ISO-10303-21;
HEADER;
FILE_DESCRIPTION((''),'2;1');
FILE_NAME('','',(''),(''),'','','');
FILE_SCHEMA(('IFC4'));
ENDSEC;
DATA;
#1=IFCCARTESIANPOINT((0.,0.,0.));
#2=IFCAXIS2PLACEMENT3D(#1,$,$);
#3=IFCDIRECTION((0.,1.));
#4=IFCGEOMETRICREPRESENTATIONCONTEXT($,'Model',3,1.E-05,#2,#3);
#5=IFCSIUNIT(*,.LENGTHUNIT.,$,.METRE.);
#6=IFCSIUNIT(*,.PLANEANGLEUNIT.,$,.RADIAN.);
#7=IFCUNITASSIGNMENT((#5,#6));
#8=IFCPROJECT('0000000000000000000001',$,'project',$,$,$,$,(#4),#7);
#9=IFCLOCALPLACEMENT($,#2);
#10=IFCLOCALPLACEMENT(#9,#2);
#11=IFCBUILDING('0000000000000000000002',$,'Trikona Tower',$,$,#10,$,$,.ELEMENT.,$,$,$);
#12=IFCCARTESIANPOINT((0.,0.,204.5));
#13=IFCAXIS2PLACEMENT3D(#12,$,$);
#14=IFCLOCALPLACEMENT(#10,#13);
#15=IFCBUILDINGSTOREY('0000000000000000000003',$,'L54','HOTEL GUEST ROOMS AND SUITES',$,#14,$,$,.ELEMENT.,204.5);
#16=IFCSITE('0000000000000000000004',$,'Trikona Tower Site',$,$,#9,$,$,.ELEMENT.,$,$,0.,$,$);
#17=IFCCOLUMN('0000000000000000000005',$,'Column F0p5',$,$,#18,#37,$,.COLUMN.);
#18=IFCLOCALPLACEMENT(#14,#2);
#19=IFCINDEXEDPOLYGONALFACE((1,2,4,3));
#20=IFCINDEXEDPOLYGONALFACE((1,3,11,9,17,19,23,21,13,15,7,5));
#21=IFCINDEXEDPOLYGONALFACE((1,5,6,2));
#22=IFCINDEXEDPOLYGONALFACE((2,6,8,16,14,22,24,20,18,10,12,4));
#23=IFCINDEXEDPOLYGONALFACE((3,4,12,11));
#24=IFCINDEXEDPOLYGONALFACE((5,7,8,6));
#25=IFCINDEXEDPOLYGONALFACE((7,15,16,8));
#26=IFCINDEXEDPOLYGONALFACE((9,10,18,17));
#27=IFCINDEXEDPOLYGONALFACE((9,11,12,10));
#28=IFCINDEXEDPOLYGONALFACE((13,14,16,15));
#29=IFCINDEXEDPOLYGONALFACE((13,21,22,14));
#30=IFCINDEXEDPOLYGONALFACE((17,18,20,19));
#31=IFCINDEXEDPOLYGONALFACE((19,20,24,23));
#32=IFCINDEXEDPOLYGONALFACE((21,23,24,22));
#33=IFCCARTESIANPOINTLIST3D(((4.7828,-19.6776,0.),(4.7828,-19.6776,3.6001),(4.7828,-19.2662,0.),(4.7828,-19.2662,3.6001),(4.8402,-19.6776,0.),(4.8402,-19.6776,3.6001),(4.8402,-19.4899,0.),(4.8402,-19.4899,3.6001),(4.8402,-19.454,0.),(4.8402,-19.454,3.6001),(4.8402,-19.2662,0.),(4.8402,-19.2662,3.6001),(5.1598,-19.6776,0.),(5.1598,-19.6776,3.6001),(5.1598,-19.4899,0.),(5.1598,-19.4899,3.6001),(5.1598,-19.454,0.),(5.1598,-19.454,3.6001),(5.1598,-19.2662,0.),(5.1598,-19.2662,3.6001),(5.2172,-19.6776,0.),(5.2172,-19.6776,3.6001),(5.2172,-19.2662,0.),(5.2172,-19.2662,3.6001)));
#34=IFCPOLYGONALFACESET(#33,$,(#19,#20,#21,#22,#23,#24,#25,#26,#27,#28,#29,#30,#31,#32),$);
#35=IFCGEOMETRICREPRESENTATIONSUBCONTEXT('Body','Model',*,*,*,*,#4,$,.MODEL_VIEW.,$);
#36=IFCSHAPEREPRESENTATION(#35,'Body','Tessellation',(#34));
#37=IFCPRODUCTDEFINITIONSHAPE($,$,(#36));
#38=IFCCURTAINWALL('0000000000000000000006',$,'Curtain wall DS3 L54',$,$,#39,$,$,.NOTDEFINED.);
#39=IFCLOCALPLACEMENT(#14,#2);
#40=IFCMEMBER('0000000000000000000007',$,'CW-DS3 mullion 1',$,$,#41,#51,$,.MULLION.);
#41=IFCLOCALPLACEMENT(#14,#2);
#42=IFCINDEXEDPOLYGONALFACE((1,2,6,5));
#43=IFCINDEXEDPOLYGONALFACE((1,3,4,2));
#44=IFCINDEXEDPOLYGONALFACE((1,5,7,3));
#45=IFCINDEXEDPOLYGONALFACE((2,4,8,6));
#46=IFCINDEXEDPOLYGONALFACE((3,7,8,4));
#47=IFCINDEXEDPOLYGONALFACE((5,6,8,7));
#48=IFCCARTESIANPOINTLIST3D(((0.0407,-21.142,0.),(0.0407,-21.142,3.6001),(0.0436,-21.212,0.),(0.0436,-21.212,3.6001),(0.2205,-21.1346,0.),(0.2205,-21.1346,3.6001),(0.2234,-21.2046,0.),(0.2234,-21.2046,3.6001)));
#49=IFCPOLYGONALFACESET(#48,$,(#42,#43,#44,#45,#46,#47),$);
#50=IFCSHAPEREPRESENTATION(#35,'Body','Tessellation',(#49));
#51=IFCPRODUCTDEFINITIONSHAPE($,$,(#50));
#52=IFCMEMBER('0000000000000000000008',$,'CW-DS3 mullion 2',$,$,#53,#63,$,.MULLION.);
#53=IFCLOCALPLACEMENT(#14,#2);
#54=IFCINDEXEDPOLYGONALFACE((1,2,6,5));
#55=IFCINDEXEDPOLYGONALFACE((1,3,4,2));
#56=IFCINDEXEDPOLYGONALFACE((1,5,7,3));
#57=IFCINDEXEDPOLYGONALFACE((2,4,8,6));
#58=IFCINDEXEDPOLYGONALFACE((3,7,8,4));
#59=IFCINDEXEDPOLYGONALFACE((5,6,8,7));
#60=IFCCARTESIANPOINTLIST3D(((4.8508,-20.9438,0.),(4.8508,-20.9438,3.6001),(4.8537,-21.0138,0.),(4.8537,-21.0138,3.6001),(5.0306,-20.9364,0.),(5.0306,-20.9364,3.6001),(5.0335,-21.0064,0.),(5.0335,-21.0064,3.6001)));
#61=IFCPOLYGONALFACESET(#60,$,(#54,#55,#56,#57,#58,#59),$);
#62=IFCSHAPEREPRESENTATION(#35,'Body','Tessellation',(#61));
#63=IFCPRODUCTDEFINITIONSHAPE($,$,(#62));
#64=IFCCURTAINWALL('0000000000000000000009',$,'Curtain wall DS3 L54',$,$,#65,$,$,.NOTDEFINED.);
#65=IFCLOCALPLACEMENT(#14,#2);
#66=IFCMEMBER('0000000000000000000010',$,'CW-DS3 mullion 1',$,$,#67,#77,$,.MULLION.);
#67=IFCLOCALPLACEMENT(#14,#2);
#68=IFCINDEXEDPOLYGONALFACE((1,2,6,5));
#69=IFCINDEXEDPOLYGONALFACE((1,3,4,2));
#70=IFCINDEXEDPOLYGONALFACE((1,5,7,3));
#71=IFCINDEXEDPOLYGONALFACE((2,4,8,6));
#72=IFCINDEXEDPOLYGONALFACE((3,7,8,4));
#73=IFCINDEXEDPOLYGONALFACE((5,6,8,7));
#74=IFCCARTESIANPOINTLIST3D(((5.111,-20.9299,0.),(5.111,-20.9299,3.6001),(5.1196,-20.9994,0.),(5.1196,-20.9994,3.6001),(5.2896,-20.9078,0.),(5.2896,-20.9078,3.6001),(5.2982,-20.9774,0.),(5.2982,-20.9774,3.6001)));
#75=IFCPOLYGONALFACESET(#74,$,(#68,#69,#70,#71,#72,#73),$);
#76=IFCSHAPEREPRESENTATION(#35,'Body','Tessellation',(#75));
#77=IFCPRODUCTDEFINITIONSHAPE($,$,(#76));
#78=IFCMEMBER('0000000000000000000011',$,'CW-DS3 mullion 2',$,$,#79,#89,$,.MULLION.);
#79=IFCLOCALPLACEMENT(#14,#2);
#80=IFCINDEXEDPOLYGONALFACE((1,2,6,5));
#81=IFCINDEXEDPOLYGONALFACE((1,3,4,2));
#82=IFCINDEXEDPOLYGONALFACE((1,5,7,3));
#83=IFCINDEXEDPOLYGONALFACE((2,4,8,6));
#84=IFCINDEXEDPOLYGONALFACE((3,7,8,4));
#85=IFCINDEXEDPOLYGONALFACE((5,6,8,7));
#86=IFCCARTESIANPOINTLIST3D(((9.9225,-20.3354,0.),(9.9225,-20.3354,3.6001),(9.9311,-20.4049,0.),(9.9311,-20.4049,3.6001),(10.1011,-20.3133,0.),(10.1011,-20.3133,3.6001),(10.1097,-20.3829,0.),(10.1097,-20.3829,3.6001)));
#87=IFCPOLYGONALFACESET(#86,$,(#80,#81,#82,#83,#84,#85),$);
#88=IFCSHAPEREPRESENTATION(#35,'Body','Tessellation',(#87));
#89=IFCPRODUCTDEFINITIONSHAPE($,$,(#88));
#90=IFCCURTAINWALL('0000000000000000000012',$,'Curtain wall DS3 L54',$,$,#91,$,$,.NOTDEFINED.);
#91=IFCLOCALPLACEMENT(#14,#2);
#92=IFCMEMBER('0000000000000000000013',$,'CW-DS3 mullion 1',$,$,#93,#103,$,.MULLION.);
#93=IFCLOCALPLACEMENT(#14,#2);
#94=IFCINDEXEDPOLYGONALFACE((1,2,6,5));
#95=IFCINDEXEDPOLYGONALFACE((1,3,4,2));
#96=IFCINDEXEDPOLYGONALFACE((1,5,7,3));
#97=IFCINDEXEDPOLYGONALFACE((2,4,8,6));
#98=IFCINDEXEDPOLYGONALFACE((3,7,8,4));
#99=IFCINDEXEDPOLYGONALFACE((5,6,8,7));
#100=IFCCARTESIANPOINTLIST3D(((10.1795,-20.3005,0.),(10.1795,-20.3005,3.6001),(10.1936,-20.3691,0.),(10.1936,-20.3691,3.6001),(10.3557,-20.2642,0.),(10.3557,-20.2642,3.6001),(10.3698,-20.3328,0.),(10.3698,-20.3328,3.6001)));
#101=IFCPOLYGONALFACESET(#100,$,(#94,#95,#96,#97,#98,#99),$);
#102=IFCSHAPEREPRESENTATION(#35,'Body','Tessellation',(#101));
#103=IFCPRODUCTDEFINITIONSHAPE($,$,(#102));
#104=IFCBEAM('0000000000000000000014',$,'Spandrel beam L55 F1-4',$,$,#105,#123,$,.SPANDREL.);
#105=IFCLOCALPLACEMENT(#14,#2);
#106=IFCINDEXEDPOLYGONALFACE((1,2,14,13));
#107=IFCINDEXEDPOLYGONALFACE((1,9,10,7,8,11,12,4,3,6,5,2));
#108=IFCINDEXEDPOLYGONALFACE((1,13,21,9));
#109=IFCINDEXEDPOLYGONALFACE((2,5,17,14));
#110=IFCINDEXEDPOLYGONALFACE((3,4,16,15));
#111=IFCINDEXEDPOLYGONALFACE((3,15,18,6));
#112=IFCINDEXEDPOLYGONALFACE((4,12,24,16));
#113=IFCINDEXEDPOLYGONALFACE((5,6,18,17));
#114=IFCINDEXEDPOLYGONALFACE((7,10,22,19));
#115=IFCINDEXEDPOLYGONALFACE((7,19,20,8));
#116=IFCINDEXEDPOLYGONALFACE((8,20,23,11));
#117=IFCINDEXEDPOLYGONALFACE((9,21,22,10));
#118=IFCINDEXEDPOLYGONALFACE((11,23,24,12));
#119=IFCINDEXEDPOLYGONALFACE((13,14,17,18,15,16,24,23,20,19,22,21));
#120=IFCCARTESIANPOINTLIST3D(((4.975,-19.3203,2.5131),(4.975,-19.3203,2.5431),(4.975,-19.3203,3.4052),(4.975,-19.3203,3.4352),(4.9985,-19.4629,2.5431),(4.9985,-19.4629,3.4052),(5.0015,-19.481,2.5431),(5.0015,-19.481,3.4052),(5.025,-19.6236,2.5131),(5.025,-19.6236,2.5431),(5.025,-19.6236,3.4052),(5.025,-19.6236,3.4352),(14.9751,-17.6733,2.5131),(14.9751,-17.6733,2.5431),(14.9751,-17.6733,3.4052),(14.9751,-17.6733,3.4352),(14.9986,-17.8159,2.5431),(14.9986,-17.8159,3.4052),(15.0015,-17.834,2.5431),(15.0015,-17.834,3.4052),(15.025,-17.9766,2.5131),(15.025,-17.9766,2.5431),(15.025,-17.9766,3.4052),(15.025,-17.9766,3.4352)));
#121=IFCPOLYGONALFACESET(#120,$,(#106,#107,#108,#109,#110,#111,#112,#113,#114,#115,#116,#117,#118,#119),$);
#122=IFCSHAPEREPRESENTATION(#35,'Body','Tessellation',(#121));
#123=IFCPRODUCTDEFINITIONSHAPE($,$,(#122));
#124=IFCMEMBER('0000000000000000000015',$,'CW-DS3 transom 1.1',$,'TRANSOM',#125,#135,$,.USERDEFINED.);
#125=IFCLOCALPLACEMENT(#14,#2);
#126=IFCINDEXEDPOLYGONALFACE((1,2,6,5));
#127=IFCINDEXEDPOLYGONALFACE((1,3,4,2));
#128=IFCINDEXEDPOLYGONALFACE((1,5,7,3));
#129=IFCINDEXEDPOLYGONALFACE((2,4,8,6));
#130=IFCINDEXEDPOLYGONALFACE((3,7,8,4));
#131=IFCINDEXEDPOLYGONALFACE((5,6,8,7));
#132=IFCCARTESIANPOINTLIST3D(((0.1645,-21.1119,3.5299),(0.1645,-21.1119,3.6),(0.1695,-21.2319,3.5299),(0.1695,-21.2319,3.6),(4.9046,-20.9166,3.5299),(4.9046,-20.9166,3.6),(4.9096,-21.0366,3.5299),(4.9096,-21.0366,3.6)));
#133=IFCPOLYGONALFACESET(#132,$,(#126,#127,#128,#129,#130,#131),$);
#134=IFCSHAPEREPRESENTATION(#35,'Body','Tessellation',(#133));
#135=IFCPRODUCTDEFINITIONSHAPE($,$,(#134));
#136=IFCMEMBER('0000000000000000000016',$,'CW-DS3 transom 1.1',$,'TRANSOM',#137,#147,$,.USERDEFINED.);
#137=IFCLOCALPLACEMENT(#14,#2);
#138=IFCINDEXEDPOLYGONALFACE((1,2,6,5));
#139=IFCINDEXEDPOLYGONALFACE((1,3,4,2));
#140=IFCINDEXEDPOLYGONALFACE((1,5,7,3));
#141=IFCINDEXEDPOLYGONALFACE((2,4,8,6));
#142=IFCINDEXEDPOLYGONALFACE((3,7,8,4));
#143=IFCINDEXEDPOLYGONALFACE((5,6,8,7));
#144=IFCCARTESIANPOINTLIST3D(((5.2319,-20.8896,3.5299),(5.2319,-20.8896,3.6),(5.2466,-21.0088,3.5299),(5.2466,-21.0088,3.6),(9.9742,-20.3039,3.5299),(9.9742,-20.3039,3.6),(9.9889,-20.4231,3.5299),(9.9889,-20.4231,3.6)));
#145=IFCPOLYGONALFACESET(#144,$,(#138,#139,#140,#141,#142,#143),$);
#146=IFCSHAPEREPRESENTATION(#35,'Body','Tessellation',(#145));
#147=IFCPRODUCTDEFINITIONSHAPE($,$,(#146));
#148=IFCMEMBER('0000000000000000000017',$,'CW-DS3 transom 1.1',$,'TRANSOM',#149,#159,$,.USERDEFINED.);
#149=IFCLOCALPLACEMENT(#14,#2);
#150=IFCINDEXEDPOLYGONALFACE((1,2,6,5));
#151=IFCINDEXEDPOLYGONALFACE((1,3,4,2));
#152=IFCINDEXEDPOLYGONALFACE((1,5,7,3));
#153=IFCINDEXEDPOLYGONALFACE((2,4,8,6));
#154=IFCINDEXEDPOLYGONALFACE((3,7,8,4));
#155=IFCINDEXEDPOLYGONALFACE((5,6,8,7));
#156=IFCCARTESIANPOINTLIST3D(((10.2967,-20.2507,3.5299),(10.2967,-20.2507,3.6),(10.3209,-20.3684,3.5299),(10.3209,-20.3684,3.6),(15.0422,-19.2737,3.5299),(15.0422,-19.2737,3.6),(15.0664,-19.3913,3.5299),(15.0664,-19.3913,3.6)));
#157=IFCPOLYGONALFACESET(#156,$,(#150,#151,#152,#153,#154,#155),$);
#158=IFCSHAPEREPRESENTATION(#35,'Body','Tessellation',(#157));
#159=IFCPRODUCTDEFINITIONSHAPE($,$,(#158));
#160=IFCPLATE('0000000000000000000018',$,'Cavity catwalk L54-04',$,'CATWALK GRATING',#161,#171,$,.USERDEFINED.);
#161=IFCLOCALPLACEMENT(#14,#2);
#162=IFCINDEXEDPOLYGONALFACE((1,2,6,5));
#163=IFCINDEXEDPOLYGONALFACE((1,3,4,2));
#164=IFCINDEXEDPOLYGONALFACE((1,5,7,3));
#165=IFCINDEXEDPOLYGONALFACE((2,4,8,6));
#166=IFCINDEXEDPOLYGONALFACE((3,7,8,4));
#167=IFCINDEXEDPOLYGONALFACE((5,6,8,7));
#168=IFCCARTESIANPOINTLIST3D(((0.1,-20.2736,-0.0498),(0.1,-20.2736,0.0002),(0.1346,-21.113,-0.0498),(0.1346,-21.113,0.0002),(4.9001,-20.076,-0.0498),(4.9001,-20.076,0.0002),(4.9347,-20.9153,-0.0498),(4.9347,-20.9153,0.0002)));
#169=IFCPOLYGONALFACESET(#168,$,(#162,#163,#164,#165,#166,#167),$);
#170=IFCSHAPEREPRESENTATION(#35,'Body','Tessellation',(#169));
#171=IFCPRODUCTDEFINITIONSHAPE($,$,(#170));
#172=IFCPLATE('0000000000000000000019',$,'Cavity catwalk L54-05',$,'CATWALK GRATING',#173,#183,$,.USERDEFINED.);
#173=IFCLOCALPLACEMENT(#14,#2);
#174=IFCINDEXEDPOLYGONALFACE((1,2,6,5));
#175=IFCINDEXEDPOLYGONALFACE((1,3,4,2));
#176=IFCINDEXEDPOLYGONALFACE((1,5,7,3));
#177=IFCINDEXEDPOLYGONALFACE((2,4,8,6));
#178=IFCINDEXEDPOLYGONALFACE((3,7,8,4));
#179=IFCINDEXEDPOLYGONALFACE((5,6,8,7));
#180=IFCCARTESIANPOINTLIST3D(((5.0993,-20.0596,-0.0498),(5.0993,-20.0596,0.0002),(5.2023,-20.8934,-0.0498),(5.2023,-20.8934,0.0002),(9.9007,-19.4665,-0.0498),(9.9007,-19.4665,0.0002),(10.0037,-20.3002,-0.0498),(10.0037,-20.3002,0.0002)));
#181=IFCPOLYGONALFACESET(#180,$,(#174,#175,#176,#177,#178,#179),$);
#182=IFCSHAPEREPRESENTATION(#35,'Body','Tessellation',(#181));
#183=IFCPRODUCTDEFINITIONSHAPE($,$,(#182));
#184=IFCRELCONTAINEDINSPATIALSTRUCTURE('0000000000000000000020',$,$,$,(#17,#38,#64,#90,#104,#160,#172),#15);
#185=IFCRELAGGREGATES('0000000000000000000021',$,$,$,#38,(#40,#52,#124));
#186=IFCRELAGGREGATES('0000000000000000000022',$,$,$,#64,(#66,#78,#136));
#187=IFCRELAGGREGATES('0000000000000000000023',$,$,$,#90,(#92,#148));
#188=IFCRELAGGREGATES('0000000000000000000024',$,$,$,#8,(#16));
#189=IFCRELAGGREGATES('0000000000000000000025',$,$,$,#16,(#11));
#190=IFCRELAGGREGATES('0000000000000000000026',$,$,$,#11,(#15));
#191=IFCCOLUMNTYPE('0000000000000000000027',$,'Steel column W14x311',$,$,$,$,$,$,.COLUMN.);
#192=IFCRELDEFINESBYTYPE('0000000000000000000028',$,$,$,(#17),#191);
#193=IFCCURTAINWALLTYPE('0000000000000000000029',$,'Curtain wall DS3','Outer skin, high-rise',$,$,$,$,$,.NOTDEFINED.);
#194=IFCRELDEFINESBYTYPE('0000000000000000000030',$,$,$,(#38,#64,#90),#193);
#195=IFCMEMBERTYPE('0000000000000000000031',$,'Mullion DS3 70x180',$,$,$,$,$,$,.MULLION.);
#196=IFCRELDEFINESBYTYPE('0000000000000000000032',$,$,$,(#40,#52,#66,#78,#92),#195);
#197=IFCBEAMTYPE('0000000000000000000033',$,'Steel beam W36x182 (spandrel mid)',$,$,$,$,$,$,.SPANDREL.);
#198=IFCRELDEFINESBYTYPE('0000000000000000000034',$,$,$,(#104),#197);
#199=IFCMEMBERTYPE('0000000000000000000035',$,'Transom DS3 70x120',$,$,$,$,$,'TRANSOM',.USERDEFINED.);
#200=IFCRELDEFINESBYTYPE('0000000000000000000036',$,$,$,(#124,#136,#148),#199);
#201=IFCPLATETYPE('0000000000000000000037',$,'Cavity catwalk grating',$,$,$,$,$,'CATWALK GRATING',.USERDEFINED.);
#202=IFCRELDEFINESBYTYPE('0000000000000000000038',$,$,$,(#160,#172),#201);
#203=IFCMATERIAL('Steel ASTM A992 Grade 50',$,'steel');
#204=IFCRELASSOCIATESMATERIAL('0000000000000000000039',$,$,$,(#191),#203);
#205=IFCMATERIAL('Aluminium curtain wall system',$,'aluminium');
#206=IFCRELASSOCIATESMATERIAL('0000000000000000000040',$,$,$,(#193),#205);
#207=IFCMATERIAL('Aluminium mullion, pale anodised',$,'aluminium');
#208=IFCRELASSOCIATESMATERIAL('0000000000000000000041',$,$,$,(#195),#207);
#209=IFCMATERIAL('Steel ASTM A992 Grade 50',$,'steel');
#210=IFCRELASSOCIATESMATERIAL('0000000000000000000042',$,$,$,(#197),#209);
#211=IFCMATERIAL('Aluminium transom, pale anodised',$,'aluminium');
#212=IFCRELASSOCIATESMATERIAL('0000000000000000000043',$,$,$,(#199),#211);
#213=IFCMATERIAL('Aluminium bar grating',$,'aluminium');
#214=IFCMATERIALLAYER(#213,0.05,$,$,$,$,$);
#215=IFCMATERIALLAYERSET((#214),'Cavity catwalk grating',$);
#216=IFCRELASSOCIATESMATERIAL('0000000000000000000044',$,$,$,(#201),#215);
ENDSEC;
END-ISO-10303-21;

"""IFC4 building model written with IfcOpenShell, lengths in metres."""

from ifc_helpers import new_model, si_unit, direction, frame, origin, origin_2d, place, context, subcontext, project, spatial, rectangle, i_section, extrude, material, layer, layer_set, material_profile, profile_set, type_object, element, aggregate, save


model = new_model("IFC4")

# Units and contexts
model_context = context("Model", 3, precision=1e-05, world=origin(), true_north=direction((0.0, 1.0)))
body_context = subcontext(model_context, "Body", "Model", "MODEL_VIEW")
ifc_project = project(units=[si_unit("LENGTHUNIT", "METRE"), si_unit("PLANEANGLEUNIT", "RADIAN")], contexts=[model_context])

# Site, building, storey
site_placement = place(None, origin())
site = spatial("IfcSite", under=ifc_project, at=site_placement, Name="Trikona Tower Site", CompositionType="ELEMENT", RefElevation=0.0)
building_placement = place(site_placement, origin())
building = spatial("IfcBuilding", under=site, at=building_placement, Name="Trikona Tower", CompositionType="ELEMENT")
storey_placement = place(building_placement, frame((0.0, 0.0, 204.5)))
storey = spatial("IfcBuildingStorey", under=building, at=storey_placement, Name="L54", Description="HOTEL GUEST ROOMS AND SUITES", CompositionType="ELEMENT", Elevation=204.5)

# Column
ifc_material_1 = material(Name="Steel ASTM A992 Grade 50", Category="steel")
ifc_material_profile_1 = material_profile(ifc_material_1, i_section(OverallWidth=0.4114, OverallDepth=0.4343, WebThickness=0.0359, FlangeThickness=0.0574, at=origin_2d()), Name="W14X311")
ifc_profile_set_1 = profile_set([ifc_material_profile_1], Name="Steel ASTM A992 Grade 50")
column_type = type_object("IfcColumnType", Name="Steel column W14x311", PredefinedType="COLUMN", material=ifc_profile_set_1)
column_placement = place(storey_placement, frame((5.0, -19.4719, 0.0), z_axis=(0.0, 0.0, 1.0), x_axis=(0.0, -1.0, 0.0)))
element("IfcColumn", 1, at=column_placement, inside=storey, type_object=column_type, Name="Column F0p5", PredefinedType="COLUMN", context=body_context, shape_type="SweptSolid", body=[
    extrude(i_section(OverallWidth=0.4114, OverallDepth=0.4343, WebThickness=0.0359, FlangeThickness=0.0574, at=origin_2d()), origin(), (0.0, 0.0, 1.0), 3.6001),
])

# Curtain walls, members
ifc_material_2 = material(Name="Aluminium curtain wall system", Category="aluminium")
curtain_wall_type = type_object("IfcCurtainWallType", Name="Curtain wall DS3", Description="Outer skin, high-rise", PredefinedType="NOTDEFINED", material=ifc_material_2)
curtain_wall_1_placement = place(storey_placement, origin())
curtain_wall_1 = element("IfcCurtainWall", 2, at=curtain_wall_1_placement, inside=storey, type_object=curtain_wall_type, Name="Curtain wall DS3 L54", PredefinedType="NOTDEFINED")
ifc_material_3 = material(Name="Aluminium mullion, pale anodised", Category="aluminium")
ifc_material_profile_2 = material_profile(ifc_material_3, rectangle(XDim=0.0701, YDim=0.1799, at=origin_2d()), Name="MUL-DS3")
ifc_profile_set_2 = profile_set([ifc_material_profile_2], Name="Aluminium mullion, pale anodised")
member_type_1 = type_object("IfcMemberType", Name="Mullion DS3 70x180", PredefinedType="MULLION", material=ifc_profile_set_2)
member_1_placement = place(storey_placement, frame((0.1321, -21.1733, 0.0), z_axis=(0.0, 0.0, 1.0), x_axis=(-0.041153, 0.999153, 0.0)))
member_1 = element("IfcMember", 3, at=member_1_placement, type_object=member_type_1, Name="CW-DS3 mullion 1", PredefinedType="MULLION", context=body_context, shape_type="SweptSolid", body=[
    extrude(rectangle(XDim=0.0701, YDim=0.1799, at=origin_2d()), origin(), (0.0, 0.0, 1.0), 3.6001),
])
member_2_placement = place(storey_placement, frame((4.9421, -20.9751, 0.0), z_axis=(0.0, 0.0, 1.0), x_axis=(-0.041153, 0.999153, 0.0)))
member_2 = element("IfcMember", 4, at=member_2_placement, type_object=member_type_1, Name="CW-DS3 mullion 2", PredefinedType="MULLION", context=body_context, shape_type="SweptSolid", body=[
    extrude(rectangle(XDim=0.0701, YDim=0.1799, at=origin_2d()), origin(), (0.0, 0.0, 1.0), 3.6001),
])
curtain_wall_2_placement = place(storey_placement, origin())
curtain_wall_2 = element("IfcCurtainWall", 5, at=curtain_wall_2_placement, inside=storey, type_object=curtain_wall_type, Name="Curtain wall DS3 L54", PredefinedType="NOTDEFINED")
member_3_placement = place(storey_placement, frame((5.2046, -20.9536, 0.0), z_axis=(0.0, 0.0, 1.0), x_axis=(-0.122611, 0.992455, 0.0)))
member_3 = element("IfcMember", 6, at=member_3_placement, type_object=member_type_1, Name="CW-DS3 mullion 1", PredefinedType="MULLION", context=body_context, shape_type="SweptSolid", body=[
    extrude(rectangle(XDim=0.0701, YDim=0.1799, at=origin_2d()), origin(), (0.0, 0.0, 1.0), 3.6001),
])
member_4_placement = place(storey_placement, frame((10.0161, -20.3591, 0.0), z_axis=(0.0, 0.0, 1.0), x_axis=(-0.122611, 0.992455, 0.0)))
member_4 = element("IfcMember", 7, at=member_4_placement, type_object=member_type_1, Name="CW-DS3 mullion 2", PredefinedType="MULLION", context=body_context, shape_type="SweptSolid", body=[
    extrude(rectangle(XDim=0.0701, YDim=0.1799, at=origin_2d()), origin(), (0.0, 0.0, 1.0), 3.6001),
])

# Curtain wall, member
curtain_wall_3_placement = place(storey_placement, origin())
curtain_wall_3 = element("IfcCurtainWall", 8, at=curtain_wall_3_placement, inside=storey, type_object=curtain_wall_type, Name="Curtain wall DS3 L54", PredefinedType="NOTDEFINED")
member_5_placement = place(storey_placement, frame((10.2747, -20.3167, 0.0), z_axis=(0.0, 0.0, 1.0), x_axis=(-0.201653, 0.979457, 0.0)))
member_5 = element("IfcMember", 9, at=member_5_placement, type_object=member_type_1, Name="CW-DS3 mullion 1", PredefinedType="MULLION", context=body_context, shape_type="SweptSolid", body=[
    extrude(rectangle(XDim=0.0701, YDim=0.1799, at=origin_2d()), origin(), (0.0, 0.0, 1.0), 3.6001),
])

# Beam
ifc_material_4 = material(Name="Steel ASTM A992 Grade 50", Category="steel")
ifc_material_profile_3 = material_profile(ifc_material_4, i_section(OverallWidth=0.3074, OverallDepth=0.9221, WebThickness=0.0183, FlangeThickness=0.03, at=origin_2d()), Name="W36X182")
ifc_profile_set_3 = profile_set([ifc_material_profile_3], Name="Steel ASTM A992 Grade 50")
beam_type = type_object("IfcBeamType", Name="Steel beam W36x182 (spandrel mid)", PredefinedType="SPANDREL", material=ifc_profile_set_3)
beam_placement = place(storey_placement, frame((5.0, -19.4719, 2.9741), z_axis=(0.986707, 0.162508, 0.0), x_axis=(-0.162508, 0.986707, 0.0)))
element("IfcBeam", 10, at=beam_placement, inside=storey, type_object=beam_type, Name="Spandrel beam L55 F1-4", PredefinedType="SPANDREL", context=body_context, shape_type="SweptSolid", body=[
    extrude(i_section(OverallWidth=0.3074, OverallDepth=0.9221, WebThickness=0.0183, FlangeThickness=0.03, at=origin_2d()), origin(), (0.0, 0.0, 1.0), 10.1348),
])

# Members
ifc_material_5 = material(Name="Aluminium transom, pale anodised", Category="aluminium")
ifc_material_profile_4 = material_profile(ifc_material_5, rectangle(XDim=0.1201, YDim=0.0701, at=origin_2d()), Name="TRN-DS3")
ifc_profile_set_4 = profile_set([ifc_material_profile_4], Name="Aluminium transom, pale anodised")
member_type_2 = type_object("IfcMemberType", Name="Transom DS3 70x120", ElementType="TRANSOM", PredefinedType="USERDEFINED", material=ifc_profile_set_4)
member_6_placement = place(storey_placement, frame((0.167, -21.1719, 3.5649), z_axis=(0.999152, 0.041168, 0.0), x_axis=(-0.041168, 0.999152, 0.0)))
member_6 = element("IfcMember", 11, at=member_6_placement, type_object=member_type_2, Name="CW-DS3 transom 1.1", ObjectType="TRANSOM", PredefinedType="USERDEFINED", context=body_context, shape_type="SweptSolid", body=[
    extrude(rectangle(XDim=0.1201, YDim=0.0701, at=origin_2d()), origin(), (0.0, 0.0, 1.0), 4.7441),
])
member_7_placement = place(storey_placement, frame((5.2393, -20.9492, 3.5649), z_axis=(0.992459, 0.122576, 0.0), x_axis=(-0.122576, 0.992459, 0.0)))
member_7 = element("IfcMember", 12, at=member_7_placement, type_object=member_type_2, Name="CW-DS3 transom 1.1", ObjectType="TRANSOM", PredefinedType="USERDEFINED", context=body_context, shape_type="SweptSolid", body=[
    extrude(rectangle(XDim=0.1201, YDim=0.0701, at=origin_2d()), origin(), (0.0, 0.0, 1.0), 4.7783),
])
member_8_placement = place(storey_placement, frame((10.3088, -20.3096, 3.5649), z_axis=(0.979454, 0.201666, 0.0), x_axis=(-0.201666, 0.979454, 0.0)))
member_8 = element("IfcMember", 13, at=member_8_placement, type_object=member_type_2, Name="CW-DS3 transom 1.1", ObjectType="TRANSOM", PredefinedType="USERDEFINED", context=body_context, shape_type="SweptSolid", body=[
    extrude(rectangle(XDim=0.1201, YDim=0.0701, at=origin_2d()), origin(), (0.0, 0.0, 1.0), 4.845),
])

# Plates
ifc_material_6 = material(Name="Aluminium bar grating", Category="aluminium")
ifc_layer_1 = layer(ifc_material_6, 0.05)
ifc_layer_set_1 = layer_set([ifc_layer_1], Name="Cavity catwalk grating")
plate_type_1 = type_object("IfcPlateType", Name="Cavity catwalk grating", ElementType="CATWALK GRATING", PredefinedType="USERDEFINED", material=ifc_layer_set_1)
plate_1_placement = place(storey_placement, frame((2.5173, -20.5945, -0.0498), z_axis=(0.0, 0.0, 1.0), x_axis=(0.999153, 0.041145, 0.0)))
element("IfcPlate", 14, at=plate_1_placement, inside=storey, type_object=plate_type_1, Name="Cavity catwalk L54-04", ObjectType="CATWALK GRATING", PredefinedType="USERDEFINED", context=body_context, shape_type="SweptSolid", body=[
    extrude(rectangle(XDim=4.8042, YDim=0.8401, at=origin_2d()), origin(), (0.0, 0.0, 1.0), 0.05),
])
plate_2_placement = place(storey_placement, frame((7.5515, -20.1799, -0.0498), z_axis=(0.0, 0.0, 1.0), x_axis=(0.992455, 0.122607, 0.0)))
element("IfcPlate", 15, at=plate_2_placement, inside=storey, type_object=plate_type_1, Name="Cavity catwalk L54-05", ObjectType="CATWALK GRATING", PredefinedType="USERDEFINED", context=body_context, shape_type="SweptSolid", body=[
    extrude(rectangle(XDim=4.8379, YDim=0.8401, at=origin_2d()), origin(), (0.0, 0.0, 1.0), 0.05),
])

aggregate(curtain_wall_1, [member_1, member_2, member_6])
aggregate(curtain_wall_2, [member_3, member_4, member_7])
aggregate(curtain_wall_3, [member_5, member_8])

save(model, "model.ifc")
